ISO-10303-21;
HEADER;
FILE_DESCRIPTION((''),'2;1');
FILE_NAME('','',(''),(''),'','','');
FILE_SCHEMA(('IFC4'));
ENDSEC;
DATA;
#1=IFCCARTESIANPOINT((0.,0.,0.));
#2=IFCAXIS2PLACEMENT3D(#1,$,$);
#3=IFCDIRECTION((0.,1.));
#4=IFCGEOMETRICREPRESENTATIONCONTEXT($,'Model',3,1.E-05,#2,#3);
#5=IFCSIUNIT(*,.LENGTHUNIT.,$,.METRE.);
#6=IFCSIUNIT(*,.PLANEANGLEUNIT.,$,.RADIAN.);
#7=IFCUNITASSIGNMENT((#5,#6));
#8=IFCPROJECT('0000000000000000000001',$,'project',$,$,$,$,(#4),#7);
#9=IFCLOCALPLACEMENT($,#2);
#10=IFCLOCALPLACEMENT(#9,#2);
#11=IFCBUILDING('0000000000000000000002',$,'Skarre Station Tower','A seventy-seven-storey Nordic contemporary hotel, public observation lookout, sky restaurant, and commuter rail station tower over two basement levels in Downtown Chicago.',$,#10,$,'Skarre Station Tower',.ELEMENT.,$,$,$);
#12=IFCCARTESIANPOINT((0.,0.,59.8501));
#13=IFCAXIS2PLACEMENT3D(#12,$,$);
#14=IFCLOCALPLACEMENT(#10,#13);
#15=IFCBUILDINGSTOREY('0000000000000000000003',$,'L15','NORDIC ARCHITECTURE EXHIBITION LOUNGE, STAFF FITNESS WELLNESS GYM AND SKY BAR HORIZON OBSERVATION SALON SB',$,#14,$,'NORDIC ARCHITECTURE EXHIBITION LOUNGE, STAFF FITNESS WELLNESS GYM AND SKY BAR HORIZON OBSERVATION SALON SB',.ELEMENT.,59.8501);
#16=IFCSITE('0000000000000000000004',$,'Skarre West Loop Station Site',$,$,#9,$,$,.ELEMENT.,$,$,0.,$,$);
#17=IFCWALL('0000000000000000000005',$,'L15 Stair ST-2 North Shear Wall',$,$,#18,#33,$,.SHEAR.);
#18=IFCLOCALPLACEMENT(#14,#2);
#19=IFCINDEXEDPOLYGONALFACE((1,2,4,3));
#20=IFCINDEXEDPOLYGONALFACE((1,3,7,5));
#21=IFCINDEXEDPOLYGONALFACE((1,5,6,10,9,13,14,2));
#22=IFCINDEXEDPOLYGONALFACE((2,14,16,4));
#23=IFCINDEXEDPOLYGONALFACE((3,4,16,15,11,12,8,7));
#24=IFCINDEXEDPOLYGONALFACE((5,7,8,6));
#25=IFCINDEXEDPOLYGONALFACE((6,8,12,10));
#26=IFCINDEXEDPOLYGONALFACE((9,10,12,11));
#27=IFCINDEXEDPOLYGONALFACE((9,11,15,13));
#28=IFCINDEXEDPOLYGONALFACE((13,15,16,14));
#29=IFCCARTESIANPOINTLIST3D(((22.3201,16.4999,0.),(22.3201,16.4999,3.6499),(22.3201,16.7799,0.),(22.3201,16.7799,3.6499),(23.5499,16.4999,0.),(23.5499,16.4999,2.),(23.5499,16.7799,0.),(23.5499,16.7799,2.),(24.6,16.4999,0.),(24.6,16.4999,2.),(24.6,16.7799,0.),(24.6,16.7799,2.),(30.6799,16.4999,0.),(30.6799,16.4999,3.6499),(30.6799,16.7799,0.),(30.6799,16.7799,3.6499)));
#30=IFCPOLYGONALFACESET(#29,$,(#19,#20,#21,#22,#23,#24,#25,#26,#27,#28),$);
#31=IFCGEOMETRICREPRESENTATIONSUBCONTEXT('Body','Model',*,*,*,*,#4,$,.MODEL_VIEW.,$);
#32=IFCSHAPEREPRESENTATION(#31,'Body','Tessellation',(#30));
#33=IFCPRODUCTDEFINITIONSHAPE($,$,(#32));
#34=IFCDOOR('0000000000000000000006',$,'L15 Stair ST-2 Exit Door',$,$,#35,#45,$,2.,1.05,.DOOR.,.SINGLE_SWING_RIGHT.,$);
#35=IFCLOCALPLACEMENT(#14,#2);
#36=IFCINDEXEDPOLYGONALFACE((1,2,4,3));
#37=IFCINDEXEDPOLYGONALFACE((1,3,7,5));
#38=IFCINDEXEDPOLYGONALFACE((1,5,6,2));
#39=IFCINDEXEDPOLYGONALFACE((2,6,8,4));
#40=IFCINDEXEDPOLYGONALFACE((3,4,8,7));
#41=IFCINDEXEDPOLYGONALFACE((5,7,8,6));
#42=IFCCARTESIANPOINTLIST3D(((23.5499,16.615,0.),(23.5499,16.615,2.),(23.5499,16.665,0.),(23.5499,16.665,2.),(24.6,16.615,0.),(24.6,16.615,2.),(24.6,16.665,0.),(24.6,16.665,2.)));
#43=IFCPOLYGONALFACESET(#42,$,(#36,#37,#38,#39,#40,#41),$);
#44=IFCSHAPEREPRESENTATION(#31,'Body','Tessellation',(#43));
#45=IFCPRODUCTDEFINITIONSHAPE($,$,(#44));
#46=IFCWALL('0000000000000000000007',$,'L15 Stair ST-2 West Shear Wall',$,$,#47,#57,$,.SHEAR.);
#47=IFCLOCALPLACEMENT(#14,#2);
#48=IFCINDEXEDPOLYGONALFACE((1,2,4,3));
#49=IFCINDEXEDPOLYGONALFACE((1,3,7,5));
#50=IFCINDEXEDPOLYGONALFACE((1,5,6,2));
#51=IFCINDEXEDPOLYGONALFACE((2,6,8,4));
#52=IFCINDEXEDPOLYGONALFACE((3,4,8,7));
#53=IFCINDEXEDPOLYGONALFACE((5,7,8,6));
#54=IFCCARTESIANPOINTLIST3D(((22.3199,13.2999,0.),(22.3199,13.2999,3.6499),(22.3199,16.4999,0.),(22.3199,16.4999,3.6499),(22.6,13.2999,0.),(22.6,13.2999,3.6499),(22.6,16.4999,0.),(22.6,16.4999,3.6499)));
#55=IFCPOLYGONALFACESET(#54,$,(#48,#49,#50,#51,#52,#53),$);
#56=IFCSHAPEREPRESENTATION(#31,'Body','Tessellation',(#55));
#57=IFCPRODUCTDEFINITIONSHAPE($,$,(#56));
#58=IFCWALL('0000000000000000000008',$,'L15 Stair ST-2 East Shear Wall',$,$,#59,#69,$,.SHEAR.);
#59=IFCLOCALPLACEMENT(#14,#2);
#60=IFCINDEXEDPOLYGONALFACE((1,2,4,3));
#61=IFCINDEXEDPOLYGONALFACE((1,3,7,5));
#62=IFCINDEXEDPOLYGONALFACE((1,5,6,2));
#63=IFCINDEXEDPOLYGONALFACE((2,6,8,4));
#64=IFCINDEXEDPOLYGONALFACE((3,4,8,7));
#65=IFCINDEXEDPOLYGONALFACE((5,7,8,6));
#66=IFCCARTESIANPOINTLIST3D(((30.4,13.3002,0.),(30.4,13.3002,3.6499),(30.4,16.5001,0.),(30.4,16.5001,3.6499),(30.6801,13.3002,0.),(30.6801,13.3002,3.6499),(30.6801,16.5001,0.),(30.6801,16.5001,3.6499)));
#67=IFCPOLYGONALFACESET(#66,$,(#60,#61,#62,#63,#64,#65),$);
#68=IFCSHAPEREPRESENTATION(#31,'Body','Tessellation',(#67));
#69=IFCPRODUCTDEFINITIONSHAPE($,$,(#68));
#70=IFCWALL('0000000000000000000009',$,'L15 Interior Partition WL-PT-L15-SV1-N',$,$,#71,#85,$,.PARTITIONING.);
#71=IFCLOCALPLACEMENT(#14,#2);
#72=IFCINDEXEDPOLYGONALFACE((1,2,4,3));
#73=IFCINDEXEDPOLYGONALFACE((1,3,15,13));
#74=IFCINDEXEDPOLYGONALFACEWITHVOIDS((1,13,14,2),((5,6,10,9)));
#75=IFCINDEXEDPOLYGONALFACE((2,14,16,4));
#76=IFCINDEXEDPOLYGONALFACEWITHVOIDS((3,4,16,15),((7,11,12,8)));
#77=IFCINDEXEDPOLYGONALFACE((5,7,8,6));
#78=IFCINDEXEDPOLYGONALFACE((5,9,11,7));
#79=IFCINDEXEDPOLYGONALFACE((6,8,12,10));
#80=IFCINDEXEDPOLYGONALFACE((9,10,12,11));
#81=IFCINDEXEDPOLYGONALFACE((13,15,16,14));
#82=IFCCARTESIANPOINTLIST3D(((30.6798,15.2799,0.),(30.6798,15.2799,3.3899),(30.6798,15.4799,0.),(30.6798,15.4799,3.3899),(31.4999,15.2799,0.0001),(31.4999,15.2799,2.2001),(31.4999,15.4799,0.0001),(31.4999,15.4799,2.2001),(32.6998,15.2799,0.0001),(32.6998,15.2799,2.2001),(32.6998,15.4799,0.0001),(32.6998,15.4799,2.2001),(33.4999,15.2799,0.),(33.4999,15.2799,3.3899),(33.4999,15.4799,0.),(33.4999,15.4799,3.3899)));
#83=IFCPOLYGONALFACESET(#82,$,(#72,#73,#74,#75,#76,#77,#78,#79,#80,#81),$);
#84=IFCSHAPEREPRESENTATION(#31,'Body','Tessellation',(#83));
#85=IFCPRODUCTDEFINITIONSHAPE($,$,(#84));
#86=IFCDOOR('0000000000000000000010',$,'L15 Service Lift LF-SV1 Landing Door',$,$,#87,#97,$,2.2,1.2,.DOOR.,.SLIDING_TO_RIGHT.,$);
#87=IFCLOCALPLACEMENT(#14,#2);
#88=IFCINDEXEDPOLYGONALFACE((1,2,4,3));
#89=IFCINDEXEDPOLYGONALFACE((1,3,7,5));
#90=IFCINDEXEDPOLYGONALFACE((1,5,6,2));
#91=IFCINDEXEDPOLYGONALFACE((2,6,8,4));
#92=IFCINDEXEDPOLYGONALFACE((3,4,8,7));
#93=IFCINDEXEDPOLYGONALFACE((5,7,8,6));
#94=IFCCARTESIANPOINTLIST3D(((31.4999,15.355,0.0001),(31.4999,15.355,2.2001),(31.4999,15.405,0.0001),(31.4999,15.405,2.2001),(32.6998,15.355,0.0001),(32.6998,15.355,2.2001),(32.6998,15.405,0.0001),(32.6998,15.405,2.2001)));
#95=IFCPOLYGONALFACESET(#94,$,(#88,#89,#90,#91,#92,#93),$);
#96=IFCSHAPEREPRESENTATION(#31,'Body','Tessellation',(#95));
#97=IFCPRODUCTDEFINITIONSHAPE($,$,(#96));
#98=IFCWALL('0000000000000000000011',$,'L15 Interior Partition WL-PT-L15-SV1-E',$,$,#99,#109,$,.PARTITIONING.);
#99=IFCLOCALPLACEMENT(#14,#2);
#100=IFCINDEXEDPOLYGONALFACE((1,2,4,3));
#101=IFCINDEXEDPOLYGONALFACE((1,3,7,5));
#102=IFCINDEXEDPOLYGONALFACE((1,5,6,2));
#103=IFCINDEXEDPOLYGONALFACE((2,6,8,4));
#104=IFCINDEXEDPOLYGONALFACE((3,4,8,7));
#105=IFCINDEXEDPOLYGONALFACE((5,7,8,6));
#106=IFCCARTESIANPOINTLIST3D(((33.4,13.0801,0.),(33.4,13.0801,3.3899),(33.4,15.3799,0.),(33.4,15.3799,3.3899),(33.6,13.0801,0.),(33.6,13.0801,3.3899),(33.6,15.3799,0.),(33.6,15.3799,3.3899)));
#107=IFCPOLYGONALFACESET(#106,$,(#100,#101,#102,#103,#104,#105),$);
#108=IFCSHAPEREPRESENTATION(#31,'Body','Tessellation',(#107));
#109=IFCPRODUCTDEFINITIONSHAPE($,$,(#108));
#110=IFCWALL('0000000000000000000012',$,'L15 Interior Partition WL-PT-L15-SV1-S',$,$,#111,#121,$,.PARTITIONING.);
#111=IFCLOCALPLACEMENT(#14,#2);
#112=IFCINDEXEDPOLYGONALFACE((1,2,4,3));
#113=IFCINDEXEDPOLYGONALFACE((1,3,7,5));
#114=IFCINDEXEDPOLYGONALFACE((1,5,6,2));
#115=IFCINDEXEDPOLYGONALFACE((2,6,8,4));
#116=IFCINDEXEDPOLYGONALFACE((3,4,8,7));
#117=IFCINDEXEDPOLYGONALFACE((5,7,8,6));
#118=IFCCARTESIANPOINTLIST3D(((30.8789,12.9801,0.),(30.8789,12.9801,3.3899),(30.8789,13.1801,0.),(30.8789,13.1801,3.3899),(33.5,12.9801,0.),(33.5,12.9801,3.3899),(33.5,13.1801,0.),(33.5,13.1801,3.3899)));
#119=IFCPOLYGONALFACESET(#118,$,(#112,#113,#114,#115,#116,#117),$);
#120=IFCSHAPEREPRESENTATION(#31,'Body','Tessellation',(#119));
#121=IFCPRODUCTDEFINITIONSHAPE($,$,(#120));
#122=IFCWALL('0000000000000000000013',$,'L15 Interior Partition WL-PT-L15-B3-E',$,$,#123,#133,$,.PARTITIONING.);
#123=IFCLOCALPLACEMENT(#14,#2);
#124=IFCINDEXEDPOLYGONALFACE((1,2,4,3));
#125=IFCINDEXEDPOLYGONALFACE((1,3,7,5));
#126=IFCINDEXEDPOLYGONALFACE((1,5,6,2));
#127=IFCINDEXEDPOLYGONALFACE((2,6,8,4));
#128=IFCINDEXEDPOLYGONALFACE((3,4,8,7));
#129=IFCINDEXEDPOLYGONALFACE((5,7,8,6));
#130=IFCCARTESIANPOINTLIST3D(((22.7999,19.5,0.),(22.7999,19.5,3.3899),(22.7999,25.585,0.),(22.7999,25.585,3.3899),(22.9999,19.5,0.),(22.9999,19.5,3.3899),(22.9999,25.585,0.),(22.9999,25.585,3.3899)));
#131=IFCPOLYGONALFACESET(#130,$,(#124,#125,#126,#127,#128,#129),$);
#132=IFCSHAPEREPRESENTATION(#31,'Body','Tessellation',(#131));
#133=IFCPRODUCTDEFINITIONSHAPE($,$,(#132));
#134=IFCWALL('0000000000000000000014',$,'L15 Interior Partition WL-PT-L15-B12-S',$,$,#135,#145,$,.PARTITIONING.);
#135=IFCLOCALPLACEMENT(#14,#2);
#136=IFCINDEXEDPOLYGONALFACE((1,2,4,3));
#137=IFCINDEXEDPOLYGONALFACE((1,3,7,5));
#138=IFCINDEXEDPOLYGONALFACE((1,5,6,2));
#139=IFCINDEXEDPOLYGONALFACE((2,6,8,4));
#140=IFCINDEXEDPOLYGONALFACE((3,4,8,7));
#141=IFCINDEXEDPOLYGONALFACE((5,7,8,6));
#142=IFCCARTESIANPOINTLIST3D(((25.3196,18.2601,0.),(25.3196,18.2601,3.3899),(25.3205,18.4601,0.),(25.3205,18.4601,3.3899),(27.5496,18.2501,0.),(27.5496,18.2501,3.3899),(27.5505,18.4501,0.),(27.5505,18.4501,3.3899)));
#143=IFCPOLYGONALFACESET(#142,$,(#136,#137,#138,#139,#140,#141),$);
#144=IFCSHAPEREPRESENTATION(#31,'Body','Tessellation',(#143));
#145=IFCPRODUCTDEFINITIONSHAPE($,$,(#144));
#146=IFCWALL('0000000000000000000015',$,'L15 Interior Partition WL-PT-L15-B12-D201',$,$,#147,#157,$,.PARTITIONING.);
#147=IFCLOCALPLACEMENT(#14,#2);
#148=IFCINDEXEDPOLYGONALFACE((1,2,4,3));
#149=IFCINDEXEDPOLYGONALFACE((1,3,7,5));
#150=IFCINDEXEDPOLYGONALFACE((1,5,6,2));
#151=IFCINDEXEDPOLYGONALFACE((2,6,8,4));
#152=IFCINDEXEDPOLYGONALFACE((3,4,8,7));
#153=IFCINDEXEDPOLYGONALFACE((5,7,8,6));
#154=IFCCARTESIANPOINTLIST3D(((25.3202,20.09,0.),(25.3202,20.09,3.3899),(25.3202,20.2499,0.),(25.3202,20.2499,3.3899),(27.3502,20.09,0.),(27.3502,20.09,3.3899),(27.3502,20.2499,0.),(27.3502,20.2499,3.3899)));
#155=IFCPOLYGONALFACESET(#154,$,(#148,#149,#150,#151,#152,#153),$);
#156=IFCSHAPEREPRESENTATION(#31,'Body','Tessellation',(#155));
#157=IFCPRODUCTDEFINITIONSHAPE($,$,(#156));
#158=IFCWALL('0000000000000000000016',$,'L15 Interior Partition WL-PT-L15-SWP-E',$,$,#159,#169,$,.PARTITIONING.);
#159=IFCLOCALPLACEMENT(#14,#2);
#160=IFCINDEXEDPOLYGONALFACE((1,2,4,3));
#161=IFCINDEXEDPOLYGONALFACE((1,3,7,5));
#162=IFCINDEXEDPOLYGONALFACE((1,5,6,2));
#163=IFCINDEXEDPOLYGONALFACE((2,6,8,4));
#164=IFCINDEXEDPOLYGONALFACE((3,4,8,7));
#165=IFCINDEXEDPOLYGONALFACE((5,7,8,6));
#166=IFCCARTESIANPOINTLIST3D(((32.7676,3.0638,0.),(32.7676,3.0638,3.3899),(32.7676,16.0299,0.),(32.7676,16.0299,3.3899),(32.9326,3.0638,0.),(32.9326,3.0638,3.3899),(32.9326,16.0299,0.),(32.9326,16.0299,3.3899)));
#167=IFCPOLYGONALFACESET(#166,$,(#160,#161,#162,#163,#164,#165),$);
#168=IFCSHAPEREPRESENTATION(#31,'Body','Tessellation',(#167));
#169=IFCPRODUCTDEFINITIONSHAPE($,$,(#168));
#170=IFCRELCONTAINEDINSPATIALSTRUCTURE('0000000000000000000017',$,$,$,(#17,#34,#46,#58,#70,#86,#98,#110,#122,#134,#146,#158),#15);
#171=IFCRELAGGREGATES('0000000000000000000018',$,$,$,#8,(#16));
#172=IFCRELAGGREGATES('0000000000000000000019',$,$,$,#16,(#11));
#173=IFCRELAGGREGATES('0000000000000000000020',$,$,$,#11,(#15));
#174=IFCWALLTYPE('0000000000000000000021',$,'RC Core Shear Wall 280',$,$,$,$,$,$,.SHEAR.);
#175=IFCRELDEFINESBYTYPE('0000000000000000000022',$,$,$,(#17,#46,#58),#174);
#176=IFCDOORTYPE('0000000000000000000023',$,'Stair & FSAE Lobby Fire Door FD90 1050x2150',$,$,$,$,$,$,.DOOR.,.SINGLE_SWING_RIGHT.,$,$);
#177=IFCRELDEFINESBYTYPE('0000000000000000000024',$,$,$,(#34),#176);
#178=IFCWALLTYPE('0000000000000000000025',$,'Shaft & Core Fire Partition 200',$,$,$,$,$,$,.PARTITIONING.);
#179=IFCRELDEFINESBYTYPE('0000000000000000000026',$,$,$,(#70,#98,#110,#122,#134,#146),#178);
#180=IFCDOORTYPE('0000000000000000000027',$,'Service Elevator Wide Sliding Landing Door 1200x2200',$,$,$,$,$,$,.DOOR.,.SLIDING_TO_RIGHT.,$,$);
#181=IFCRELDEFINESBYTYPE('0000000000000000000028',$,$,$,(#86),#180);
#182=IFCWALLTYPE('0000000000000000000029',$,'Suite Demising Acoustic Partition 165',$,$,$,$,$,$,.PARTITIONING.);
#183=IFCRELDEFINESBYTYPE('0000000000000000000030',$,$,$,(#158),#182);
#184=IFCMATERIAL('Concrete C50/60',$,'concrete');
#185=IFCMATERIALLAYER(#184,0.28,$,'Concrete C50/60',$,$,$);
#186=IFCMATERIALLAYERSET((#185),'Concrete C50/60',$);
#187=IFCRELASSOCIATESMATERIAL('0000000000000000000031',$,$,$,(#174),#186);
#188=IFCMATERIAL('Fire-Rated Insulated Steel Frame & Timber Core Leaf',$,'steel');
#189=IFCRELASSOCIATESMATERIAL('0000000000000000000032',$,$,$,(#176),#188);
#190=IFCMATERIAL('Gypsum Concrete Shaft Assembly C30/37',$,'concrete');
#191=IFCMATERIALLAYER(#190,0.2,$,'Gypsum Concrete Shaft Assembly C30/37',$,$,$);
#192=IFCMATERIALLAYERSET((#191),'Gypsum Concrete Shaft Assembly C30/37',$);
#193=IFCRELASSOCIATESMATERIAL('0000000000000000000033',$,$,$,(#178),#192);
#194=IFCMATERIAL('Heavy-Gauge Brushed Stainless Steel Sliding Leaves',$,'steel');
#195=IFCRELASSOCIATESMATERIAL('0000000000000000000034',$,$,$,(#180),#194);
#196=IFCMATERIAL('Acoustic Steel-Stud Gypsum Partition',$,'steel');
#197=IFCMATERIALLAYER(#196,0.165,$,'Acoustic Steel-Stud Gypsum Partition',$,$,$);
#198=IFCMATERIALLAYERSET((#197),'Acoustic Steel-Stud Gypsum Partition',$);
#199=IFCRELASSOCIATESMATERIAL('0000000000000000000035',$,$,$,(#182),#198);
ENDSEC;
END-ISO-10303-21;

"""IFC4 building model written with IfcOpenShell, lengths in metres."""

from ifc_helpers import new_model, si_unit, direction, frame, frame_2d, origin, place, context, subcontext, project, spatial, rectangle, extrude, material, layer, layer_set, type_object, element, fill, save


model = new_model("IFC4")

# Units and contexts
model_context = context("Model", 3, precision=1e-05, world=origin(), true_north=direction((0.0, 1.0)))
body_context = subcontext(model_context, "Body", "Model", "MODEL_VIEW")
ifc_project = project(units=[si_unit("LENGTHUNIT", "METRE"), si_unit("PLANEANGLEUNIT", "RADIAN")], contexts=[model_context])

# Site, building, storey
site_placement = place(None, origin())
site = spatial("IfcSite", under=ifc_project, at=site_placement, Name="Skarre West Loop Station Site", CompositionType="ELEMENT", RefElevation=0.0)
building_placement = place(site_placement, origin())
building = spatial("IfcBuilding", under=site, at=building_placement, Name="Skarre Station Tower", Description="A seventy-seven-storey Nordic contemporary hotel, public observation lookout, sky restaurant, and commuter rail station tower over two basement levels in Downtown Chicago.", LongName="Skarre Station Tower", CompositionType="ELEMENT")
storey_placement = place(building_placement, frame((0.0, 0.0, 59.8501)))
storey = spatial("IfcBuildingStorey", under=building, at=storey_placement, Name="L15", Description="NORDIC ARCHITECTURE EXHIBITION LOUNGE, STAFF FITNESS WELLNESS GYM AND SKY BAR HORIZON OBSERVATION SALON SB", LongName="NORDIC ARCHITECTURE EXHIBITION LOUNGE, STAFF FITNESS WELLNESS GYM AND SKY BAR HORIZON OBSERVATION SALON SB", CompositionType="ELEMENT", Elevation=59.8501)

# Shared definitions
ifc_material_1 = material(Name="Acoustic Steel-Stud Gypsum Partition", Category="steel")

# Shared definitions
ifc_material_2 = material(Name="Concrete C50/60", Category="concrete")
ifc_layer_1 = layer(ifc_material_2, 0.28, Name="Concrete C50/60")
ifc_layer_set_1 = layer_set([ifc_layer_1], Name="Concrete C50/60")
wall_type_1 = type_object("IfcWallType", Name="RC Core Shear Wall 280", PredefinedType="SHEAR", material=ifc_layer_set_1)

# Wall, opening, door
wall_1_placement = place(storey_placement, frame((30.6799, 16.6399, 0.0), z_axis=(0.0, 0.0, 1.0), x_axis=(-1.0, 0.0, 0.0)))
wall_1 = element("IfcWall", 1, at=wall_1_placement, inside=storey, type_object=wall_type_1, Name="L15 Stair ST-2 North Shear Wall", PredefinedType="SHEAR", context=body_context, shape_type="SweptSolid", body=[
    extrude(rectangle(XDim=8.3599, YDim=0.28, at=frame_2d((4.1799, 0.0))), origin(), (0.0, 0.0, 1.0), 3.6499),
])
opening_1_placement = place(wall_1_placement, frame((6.0801, 0.0, 0.0)))
opening_1 = element("IfcOpeningElement", 2, at=opening_1_placement, cuts=wall_1, PredefinedType="OPENING", context=body_context, shape_type="SweptSolid", body=[
    extrude(rectangle(XDim=1.05, YDim=2.0, at=frame_2d((0.5249, 1.0))), frame((0.0, 0.1499, 0.0), z_axis=(0.0, -1.0, 0.0), x_axis=(1.0, 0.0, 0.0)), (0.0, 0.0, 1.0), 0.3),
])
ifc_material_3 = material(Name="Fire-Rated Insulated Steel Frame & Timber Core Leaf", Category="steel")
door_type_1 = type_object("IfcDoorType", Name="Stair & FSAE Lobby Fire Door FD90 1050x2150", OperationType="SINGLE_SWING_RIGHT", PredefinedType="DOOR", material=ifc_material_3)
door_1_placement = place(opening_1_placement, origin())
door_1 = element("IfcDoor", 3, at=door_1_placement, inside=storey, type_object=door_type_1, Name="L15 Stair ST-2 Exit Door", OperationType="SINGLE_SWING_RIGHT", OverallHeight=2.0, OverallWidth=1.05, PredefinedType="DOOR", context=body_context, shape_type="SweptSolid", body=[
    extrude(rectangle(XDim=1.05, YDim=2.0, at=frame_2d((0.5249, 1.0))), frame((0.0, 0.0249, 0.0), z_axis=(0.0, -1.0, 0.0), x_axis=(1.0, 0.0, 0.0)), (0.0, 0.0, 1.0), 0.05),
])
fill(opening_1, door_1)

# Walls
for number, where, z_axis, x_axis, name in (
    (4, (22.46, 16.5, 0.0), (0.0, 0.0, 1.0), (0.0, -1.0, 0.0), "L15 Stair ST-2 West Shear Wall"),
    (5, (30.54, 13.3, 0.0), (0.0, 0.0, 1.0), (0.0, 1.0, 0.0), "L15 Stair ST-2 East Shear Wall"),
):
    element("IfcWall", number, at=place(storey_placement, frame(where, z_axis=z_axis, x_axis=x_axis)), inside=storey, type_object=wall_type_1, Name=name, PredefinedType="SHEAR", context=body_context, shape_type="SweptSolid", body=[
        extrude(rectangle(XDim=3.2, YDim=0.28, at=frame_2d((1.6001, 0.0))), origin(), (0.0, 0.0, 1.0), 3.6499),
    ])

# Wall, opening, door
ifc_material_4 = material(Name="Gypsum Concrete Shaft Assembly C30/37", Category="concrete")
ifc_layer_2 = layer(ifc_material_4, 0.2, Name="Gypsum Concrete Shaft Assembly C30/37")
ifc_layer_set_2 = layer_set([ifc_layer_2], Name="Gypsum Concrete Shaft Assembly C30/37")
wall_type_2 = type_object("IfcWallType", Name="Shaft & Core Fire Partition 200", PredefinedType="PARTITIONING", material=ifc_layer_set_2)
wall_2_placement = place(storey_placement, frame((33.5, 15.3799, 0.0), z_axis=(0.0, 0.0, 1.0), x_axis=(-1.0, 0.0, 0.0)))
wall_2 = element("IfcWall", 6, at=wall_2_placement, inside=storey, type_object=wall_type_2, Name="L15 Interior Partition WL-PT-L15-SV1-N", PredefinedType="PARTITIONING", context=body_context, shape_type="SweptSolid", body=[
    extrude(rectangle(XDim=2.8201, YDim=0.2, at=frame_2d((1.4102, 0.0))), origin(), (0.0, 0.0, 1.0), 3.3899),
])
opening_2_placement = place(wall_2_placement, frame((0.8, 0.0, 0.0)))
opening_2 = element("IfcOpeningElement", 7, at=opening_2_placement, cuts=wall_2, PredefinedType="OPENING", context=body_context, shape_type="SweptSolid", body=[
    extrude(rectangle(XDim=1.2, YDim=2.2, at=frame_2d((0.6001, 1.1001))), frame((0.0, 0.1099, 0.0), z_axis=(0.0, -1.0, 0.0), x_axis=(1.0, 0.0, 0.0)), (0.0, 0.0, 1.0), 0.22),
])
ifc_material_5 = material(Name="Heavy-Gauge Brushed Stainless Steel Sliding Leaves", Category="steel")
door_type_2 = type_object("IfcDoorType", Name="Service Elevator Wide Sliding Landing Door 1200x2200", OperationType="SLIDING_TO_RIGHT", PredefinedType="DOOR", material=ifc_material_5)
door_2_placement = place(opening_2_placement, origin())
door_2 = element("IfcDoor", 8, at=door_2_placement, inside=storey, type_object=door_type_2, Name="L15 Service Lift LF-SV1 Landing Door", OperationType="SLIDING_TO_RIGHT", OverallHeight=2.2, OverallWidth=1.2, PredefinedType="DOOR", context=body_context, shape_type="SweptSolid", body=[
    extrude(rectangle(XDim=1.2, YDim=2.2, at=frame_2d((0.6001, 1.1001))), frame((0.0, 0.0249, 0.0), z_axis=(0.0, -1.0, 0.0), x_axis=(1.0, 0.0, 0.0)), (0.0, 0.0, 1.0), 0.05),
])
fill(opening_2, door_2)

# Walls
wall_3_placement = place(storey_placement, frame((33.5, 13.0801, 0.0), z_axis=(0.0, 0.0, 1.0), x_axis=(0.0, 1.0, 0.0)))
element("IfcWall", 9, at=wall_3_placement, inside=storey, type_object=wall_type_2, Name="L15 Interior Partition WL-PT-L15-SV1-E", PredefinedType="PARTITIONING", context=body_context, shape_type="SweptSolid", body=[
    extrude(rectangle(XDim=2.2998, YDim=0.2, at=frame_2d((1.1499, 0.0))), origin(), (0.0, 0.0, 1.0), 3.3899),
])
wall_4_placement = place(storey_placement, frame((30.8789, 13.0801, 0.0), z_axis=(0.0, 0.0, 1.0), x_axis=(1.0, 0.0, 0.0)))
element("IfcWall", 10, at=wall_4_placement, inside=storey, type_object=wall_type_2, Name="L15 Interior Partition WL-PT-L15-SV1-S", PredefinedType="PARTITIONING", context=body_context, shape_type="SweptSolid", body=[
    extrude(rectangle(XDim=2.6211, YDim=0.2, at=frame_2d((1.3105, 0.0))), origin(), (0.0, 0.0, 1.0), 3.3899),
])
wall_5_placement = place(storey_placement, frame((22.8999, 19.5, 0.0), z_axis=(0.0, 0.0, 1.0), x_axis=(0.0, 1.0, 0.0)))
element("IfcWall", 11, at=wall_5_placement, inside=storey, type_object=wall_type_2, Name="L15 Interior Partition WL-PT-L15-B3-E", PredefinedType="PARTITIONING", context=body_context, shape_type="SweptSolid", body=[
    extrude(rectangle(XDim=6.085, YDim=0.2, at=frame_2d((3.0425, 0.0))), origin(), (0.0, 0.0, 1.0), 3.3899),
])
wall_6_placement = place(storey_placement, frame((25.3201, 18.3601, 0.0), z_axis=(0.0, 0.0, 1.0), x_axis=(0.99999, -0.004489, 0.0)))
element("IfcWall", 12, at=wall_6_placement, inside=storey, type_object=wall_type_2, Name="L15 Interior Partition WL-PT-L15-B12-S", PredefinedType="PARTITIONING", context=body_context, shape_type="SweptSolid", body=[
    extrude(rectangle(XDim=2.23, YDim=0.2, at=frame_2d((1.115, 0.0))), origin(), (0.0, 0.0, 1.0), 3.3899),
])
wall_7_placement = place(storey_placement, frame((25.3201, 20.1699, 0.0), z_axis=(0.0, 0.0, 1.0), x_axis=(1.0, 0.0, 0.0)))
element("IfcWall", 13, at=wall_7_placement, inside=storey, type_object=wall_type_2, Name="L15 Interior Partition WL-PT-L15-B12-D201", PredefinedType="PARTITIONING", context=body_context, shape_type="SweptSolid", body=[
    extrude(rectangle(XDim=2.03, YDim=0.1599, at=frame_2d((1.0151, 0.0))), origin(), (0.0, 0.0, 1.0), 3.3899),
])
ifc_layer_3 = layer(ifc_material_1, 0.165, Name="Acoustic Steel-Stud Gypsum Partition")
ifc_layer_set_3 = layer_set([ifc_layer_3], Name="Acoustic Steel-Stud Gypsum Partition")
wall_type_3 = type_object("IfcWallType", Name="Suite Demising Acoustic Partition 165", PredefinedType="PARTITIONING", material=ifc_layer_set_3)
wall_8_placement = place(storey_placement, frame((32.8501, 3.064, 0.0), z_axis=(0.0, 0.0, 1.0), x_axis=(0.0, 1.0, 0.0)))
element("IfcWall", 14, at=wall_8_placement, inside=storey, type_object=wall_type_3, Name="L15 Interior Partition WL-PT-L15-SWP-E", PredefinedType="PARTITIONING", context=body_context, shape_type="SweptSolid", body=[
    extrude(rectangle(XDim=12.9661, YDim=0.165, at=frame_2d((6.4829, 0.0))), origin(), (0.0, 0.0, 1.0), 3.3899),
])

save(model, "model.ifc")
